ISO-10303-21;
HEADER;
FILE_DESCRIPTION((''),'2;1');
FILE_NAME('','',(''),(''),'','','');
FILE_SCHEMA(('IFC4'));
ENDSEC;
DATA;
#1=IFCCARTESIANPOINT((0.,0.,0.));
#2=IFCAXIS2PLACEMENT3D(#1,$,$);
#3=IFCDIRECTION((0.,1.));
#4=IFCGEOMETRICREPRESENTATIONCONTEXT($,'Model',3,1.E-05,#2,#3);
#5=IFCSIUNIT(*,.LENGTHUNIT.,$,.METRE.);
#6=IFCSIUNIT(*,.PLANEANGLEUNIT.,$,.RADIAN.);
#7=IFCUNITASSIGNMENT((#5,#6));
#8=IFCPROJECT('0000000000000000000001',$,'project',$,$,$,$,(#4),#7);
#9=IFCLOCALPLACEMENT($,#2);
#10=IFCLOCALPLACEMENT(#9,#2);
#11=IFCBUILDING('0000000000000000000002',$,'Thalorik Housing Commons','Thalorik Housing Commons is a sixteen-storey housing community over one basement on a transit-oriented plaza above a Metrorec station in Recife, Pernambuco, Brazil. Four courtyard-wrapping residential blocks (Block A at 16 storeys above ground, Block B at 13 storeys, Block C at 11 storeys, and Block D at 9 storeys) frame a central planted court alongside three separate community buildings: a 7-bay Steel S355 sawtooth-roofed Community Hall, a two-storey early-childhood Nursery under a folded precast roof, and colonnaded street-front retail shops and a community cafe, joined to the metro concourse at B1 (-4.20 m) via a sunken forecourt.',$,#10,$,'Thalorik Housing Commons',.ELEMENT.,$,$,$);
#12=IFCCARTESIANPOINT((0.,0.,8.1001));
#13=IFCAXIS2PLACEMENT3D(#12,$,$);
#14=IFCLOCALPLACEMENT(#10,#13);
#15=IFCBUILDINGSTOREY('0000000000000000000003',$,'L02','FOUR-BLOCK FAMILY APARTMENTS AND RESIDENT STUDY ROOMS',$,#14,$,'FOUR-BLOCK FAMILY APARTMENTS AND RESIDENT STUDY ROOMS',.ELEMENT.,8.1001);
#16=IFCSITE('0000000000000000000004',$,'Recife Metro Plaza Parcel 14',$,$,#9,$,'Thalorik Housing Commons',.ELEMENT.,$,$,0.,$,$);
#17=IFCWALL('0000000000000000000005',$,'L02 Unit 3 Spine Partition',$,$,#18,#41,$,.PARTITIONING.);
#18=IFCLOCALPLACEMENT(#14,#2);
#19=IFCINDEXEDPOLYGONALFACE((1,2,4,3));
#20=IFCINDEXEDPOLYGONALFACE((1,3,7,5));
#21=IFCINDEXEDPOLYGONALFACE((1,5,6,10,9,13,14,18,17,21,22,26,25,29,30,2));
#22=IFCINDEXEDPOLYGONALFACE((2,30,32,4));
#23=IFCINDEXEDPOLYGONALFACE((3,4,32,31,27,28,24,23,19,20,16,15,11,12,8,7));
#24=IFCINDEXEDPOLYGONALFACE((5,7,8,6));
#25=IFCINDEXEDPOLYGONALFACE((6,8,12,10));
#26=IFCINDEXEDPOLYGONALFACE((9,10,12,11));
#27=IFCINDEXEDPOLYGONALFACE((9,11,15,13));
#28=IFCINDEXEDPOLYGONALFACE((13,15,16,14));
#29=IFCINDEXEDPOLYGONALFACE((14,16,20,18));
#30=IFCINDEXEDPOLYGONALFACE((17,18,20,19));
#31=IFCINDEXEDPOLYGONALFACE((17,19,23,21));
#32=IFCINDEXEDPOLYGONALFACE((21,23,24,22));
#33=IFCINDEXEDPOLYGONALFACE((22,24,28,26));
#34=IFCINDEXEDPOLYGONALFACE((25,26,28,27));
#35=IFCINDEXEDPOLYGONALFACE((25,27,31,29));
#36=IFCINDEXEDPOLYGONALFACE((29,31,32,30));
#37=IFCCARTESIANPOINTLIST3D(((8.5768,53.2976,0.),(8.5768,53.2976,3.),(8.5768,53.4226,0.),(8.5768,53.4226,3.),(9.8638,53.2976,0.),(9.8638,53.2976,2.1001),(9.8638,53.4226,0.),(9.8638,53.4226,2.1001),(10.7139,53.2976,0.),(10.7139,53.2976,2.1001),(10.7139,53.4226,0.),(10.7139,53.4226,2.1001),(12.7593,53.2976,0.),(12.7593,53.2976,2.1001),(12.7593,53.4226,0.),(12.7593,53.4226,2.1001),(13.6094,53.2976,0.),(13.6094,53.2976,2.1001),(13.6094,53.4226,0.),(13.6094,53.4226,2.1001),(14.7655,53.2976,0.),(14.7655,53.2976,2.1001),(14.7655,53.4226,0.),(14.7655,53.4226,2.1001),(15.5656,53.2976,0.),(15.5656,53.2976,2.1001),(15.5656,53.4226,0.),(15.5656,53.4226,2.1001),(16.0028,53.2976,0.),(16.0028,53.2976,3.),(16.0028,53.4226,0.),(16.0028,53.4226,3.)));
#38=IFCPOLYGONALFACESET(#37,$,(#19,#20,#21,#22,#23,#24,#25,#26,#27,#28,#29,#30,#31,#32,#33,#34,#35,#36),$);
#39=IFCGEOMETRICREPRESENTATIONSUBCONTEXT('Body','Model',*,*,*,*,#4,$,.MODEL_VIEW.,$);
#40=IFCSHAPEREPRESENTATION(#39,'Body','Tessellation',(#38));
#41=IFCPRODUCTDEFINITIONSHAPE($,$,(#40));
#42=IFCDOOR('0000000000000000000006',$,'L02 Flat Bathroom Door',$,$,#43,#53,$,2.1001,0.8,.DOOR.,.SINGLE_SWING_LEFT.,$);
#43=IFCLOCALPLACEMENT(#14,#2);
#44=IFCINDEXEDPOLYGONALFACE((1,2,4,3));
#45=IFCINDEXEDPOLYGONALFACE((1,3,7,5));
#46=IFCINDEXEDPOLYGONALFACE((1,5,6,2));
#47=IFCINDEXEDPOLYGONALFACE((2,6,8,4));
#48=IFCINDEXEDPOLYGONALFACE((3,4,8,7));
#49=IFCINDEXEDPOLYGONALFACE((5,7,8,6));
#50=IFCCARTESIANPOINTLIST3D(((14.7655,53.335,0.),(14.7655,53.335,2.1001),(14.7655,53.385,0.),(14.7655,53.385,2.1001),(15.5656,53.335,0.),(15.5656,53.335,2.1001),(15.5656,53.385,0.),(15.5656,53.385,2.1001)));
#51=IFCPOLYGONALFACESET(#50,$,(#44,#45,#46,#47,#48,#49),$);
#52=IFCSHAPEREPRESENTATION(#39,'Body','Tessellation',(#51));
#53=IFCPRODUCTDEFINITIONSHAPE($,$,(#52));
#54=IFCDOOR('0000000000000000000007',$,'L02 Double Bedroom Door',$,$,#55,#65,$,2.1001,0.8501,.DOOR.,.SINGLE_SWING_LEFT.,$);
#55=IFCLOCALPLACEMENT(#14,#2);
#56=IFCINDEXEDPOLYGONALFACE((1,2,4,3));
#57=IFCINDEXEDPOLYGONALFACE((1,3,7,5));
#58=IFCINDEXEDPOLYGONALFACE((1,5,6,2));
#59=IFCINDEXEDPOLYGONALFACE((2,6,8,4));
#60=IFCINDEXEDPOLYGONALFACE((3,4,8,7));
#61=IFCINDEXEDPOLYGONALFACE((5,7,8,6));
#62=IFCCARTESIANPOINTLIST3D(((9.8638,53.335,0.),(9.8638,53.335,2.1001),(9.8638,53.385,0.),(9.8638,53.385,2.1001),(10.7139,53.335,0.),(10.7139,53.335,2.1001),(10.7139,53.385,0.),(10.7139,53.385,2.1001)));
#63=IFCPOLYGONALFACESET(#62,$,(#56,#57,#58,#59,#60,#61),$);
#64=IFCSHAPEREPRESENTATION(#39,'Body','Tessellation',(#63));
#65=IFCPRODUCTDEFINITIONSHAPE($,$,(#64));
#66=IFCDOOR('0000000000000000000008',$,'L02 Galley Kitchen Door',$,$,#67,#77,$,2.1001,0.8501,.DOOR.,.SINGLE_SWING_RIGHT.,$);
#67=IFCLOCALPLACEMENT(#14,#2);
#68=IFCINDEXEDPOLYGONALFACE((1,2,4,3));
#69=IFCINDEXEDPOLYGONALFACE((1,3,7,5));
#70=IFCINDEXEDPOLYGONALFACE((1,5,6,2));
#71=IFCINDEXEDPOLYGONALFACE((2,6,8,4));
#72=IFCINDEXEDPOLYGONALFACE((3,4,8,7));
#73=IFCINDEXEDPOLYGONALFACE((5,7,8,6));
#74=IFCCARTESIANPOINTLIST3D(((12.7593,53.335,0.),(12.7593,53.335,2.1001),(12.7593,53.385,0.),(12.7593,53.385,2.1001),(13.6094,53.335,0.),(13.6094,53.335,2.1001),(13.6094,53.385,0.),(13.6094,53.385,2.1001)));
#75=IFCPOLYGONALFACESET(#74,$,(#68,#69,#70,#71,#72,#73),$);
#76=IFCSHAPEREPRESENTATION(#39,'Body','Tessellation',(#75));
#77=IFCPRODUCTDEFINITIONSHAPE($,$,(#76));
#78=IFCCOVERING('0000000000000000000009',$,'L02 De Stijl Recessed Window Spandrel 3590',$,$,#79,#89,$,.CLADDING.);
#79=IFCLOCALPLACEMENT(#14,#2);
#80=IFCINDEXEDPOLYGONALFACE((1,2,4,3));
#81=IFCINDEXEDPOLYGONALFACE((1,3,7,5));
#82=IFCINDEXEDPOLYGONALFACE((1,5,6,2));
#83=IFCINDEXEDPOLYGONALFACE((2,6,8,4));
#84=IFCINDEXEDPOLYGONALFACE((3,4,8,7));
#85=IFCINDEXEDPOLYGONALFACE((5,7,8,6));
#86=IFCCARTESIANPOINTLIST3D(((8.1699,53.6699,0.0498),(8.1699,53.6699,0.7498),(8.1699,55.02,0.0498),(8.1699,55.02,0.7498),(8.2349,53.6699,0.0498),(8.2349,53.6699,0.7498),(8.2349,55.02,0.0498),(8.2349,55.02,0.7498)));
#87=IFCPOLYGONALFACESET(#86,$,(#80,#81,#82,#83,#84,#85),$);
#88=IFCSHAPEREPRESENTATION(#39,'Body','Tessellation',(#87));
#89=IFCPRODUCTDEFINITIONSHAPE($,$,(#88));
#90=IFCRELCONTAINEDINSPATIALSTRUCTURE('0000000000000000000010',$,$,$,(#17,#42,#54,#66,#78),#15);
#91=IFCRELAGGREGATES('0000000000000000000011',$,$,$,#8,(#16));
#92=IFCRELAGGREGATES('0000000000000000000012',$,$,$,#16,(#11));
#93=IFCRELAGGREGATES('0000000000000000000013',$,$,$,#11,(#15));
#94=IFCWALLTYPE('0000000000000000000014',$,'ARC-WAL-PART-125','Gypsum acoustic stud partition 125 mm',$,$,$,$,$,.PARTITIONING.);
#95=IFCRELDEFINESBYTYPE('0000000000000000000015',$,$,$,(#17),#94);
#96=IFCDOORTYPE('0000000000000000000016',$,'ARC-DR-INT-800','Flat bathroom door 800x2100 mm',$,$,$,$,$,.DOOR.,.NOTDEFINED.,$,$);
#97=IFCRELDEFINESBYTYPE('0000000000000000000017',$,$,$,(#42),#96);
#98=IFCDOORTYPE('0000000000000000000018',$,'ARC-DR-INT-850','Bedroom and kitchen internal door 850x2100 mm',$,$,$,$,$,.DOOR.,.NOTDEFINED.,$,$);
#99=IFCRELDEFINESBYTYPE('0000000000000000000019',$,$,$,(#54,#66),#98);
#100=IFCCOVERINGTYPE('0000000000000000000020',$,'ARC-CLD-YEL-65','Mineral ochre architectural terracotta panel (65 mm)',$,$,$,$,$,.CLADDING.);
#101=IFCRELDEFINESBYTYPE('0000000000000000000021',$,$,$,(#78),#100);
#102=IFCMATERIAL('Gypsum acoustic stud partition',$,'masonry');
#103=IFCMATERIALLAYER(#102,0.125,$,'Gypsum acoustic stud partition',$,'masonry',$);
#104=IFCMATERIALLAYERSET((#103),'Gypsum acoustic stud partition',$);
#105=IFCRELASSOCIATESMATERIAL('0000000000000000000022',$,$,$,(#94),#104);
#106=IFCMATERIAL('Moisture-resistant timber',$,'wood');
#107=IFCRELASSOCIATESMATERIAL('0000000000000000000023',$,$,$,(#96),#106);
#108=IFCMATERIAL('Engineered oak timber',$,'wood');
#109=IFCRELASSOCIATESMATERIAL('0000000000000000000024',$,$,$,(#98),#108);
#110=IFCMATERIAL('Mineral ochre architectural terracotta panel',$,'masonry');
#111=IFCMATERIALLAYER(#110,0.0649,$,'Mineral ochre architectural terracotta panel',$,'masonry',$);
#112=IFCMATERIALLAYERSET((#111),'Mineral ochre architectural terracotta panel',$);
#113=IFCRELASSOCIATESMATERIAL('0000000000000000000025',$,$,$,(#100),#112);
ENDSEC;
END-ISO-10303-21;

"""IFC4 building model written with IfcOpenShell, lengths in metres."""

from ifc_helpers import new_model, si_unit, direction, frame, frame_2d, origin, origin_2d, place, context, subcontext, project, spatial, rectangle, extrude, material, layer, layer_set, type_object, element, fill, save


model = new_model("IFC4")

# Units and contexts
model_context = context("Model", 3, precision=1e-05, world=origin(), true_north=direction((0.0, 1.0)))
body_context = subcontext(model_context, "Body", "Model", "MODEL_VIEW")
ifc_project = project(units=[si_unit("LENGTHUNIT", "METRE"), si_unit("PLANEANGLEUNIT", "RADIAN")], contexts=[model_context])

# Site, building, storey
site_placement = place(None, origin())
site = spatial("IfcSite", under=ifc_project, at=site_placement, Name="Recife Metro Plaza Parcel 14", LongName="Thalorik Housing Commons", CompositionType="ELEMENT", RefElevation=0.0)
building_placement = place(site_placement, origin())
building = spatial("IfcBuilding", under=site, at=building_placement, Name="Thalorik Housing Commons", Description="Thalorik Housing Commons is a sixteen-storey housing community over one basement on a transit-oriented plaza above a Metrorec station in Recife, Pernambuco, Brazil. Four courtyard-wrapping residential blocks (Block A at 16 storeys above ground, Block B at 13 storeys, Block C at 11 storeys, and Block D at 9 storeys) frame a central planted court alongside three separate community buildings: a 7-bay Steel S355 sawtooth-roofed Community Hall, a two-storey early-childhood Nursery under a folded precast roof, and colonnaded street-front retail shops and a community cafe, joined to the metro concourse at B1 (-4.20 m) via a sunken forecourt.", LongName="Thalorik Housing Commons", CompositionType="ELEMENT")
storey_placement = place(building_placement, frame((0.0, 0.0, 8.1001)))
storey = spatial("IfcBuildingStorey", under=building, at=storey_placement, Name="L02", Description="FOUR-BLOCK FAMILY APARTMENTS AND RESIDENT STUDY ROOMS", LongName="FOUR-BLOCK FAMILY APARTMENTS AND RESIDENT STUDY ROOMS", CompositionType="ELEMENT", Elevation=8.1001)

# Wall, openings, doors
ifc_material_1 = material(Name="Gypsum acoustic stud partition", Category="masonry")
ifc_layer_1 = layer(ifc_material_1, 0.125, Name="Gypsum acoustic stud partition", Category="masonry")
ifc_layer_set_1 = layer_set([ifc_layer_1], Name="Gypsum acoustic stud partition")
wall_type_1 = type_object("IfcWallType", Name="ARC-WAL-PART-125", Description="Gypsum acoustic stud partition 125 mm", PredefinedType="PARTITIONING", material=ifc_layer_set_1)
wall_1_placement = place(storey_placement, frame((8.5769, 53.3601, 0.0), z_axis=(0.0, 0.0, 1.0), x_axis=(1.0, 0.0, 0.0)))
wall_1 = element("IfcWall", 1, at=wall_1_placement, inside=storey, type_object=wall_type_1, Name="L02 Unit 3 Spine Partition", PredefinedType="PARTITIONING", context=body_context, shape_type="SweptSolid", body=[
    extrude(rectangle(XDim=7.426, YDim=0.125, at=frame_2d((3.7129, 0.0))), origin(), (0.0, 0.0, 1.0), 3.0),
])
opening_1_placement = place(wall_1_placement, frame((1.2869, 0.0, 0.0)))
opening_1 = element("IfcOpeningElement", 2, at=opening_1_placement, cuts=wall_1, PredefinedType="OPENING", context=body_context, shape_type="SweptSolid", body=[
    extrude(rectangle(XDim=0.8501, YDim=2.1001, at=frame_2d((0.425, 1.05))), frame((0.0, 0.0725, 0.0), z_axis=(0.0, -1.0, 0.0), x_axis=(1.0, 0.0, 0.0)), (0.0, 0.0, 1.0), 0.145),
])
opening_2_placement = place(wall_1_placement, frame((4.1824, 0.0, 0.0)))
opening_2 = element("IfcOpeningElement", 3, at=opening_2_placement, cuts=wall_1, PredefinedType="OPENING", context=body_context, shape_type="SweptSolid", body=[
    extrude(rectangle(XDim=0.8501, YDim=2.1001, at=frame_2d((0.425, 1.05))), frame((0.0, 0.0725, 0.0), z_axis=(0.0, -1.0, 0.0), x_axis=(1.0, 0.0, 0.0)), (0.0, 0.0, 1.0), 0.145),
])
opening_3_placement = place(wall_1_placement, frame((6.1887, 0.0, 0.0)))
opening_3 = element("IfcOpeningElement", 4, at=opening_3_placement, cuts=wall_1, PredefinedType="OPENING", context=body_context, shape_type="SweptSolid", body=[
    extrude(rectangle(XDim=0.8, YDim=2.1001, at=frame_2d((0.3999, 1.05))), frame((0.0, 0.0725, 0.0), z_axis=(0.0, -1.0, 0.0), x_axis=(1.0, 0.0, 0.0)), (0.0, 0.0, 1.0), 0.145),
])
ifc_material_2 = material(Name="Moisture-resistant timber", Category="wood")
door_type_1 = type_object("IfcDoorType", Name="ARC-DR-INT-800", Description="Flat bathroom door 800x2100 mm", OperationType="NOTDEFINED", PredefinedType="DOOR", material=ifc_material_2)
door_1_placement = place(opening_3_placement, origin())
door_1 = element("IfcDoor", 5, at=door_1_placement, inside=storey, type_object=door_type_1, Name="L02 Flat Bathroom Door", OperationType="SINGLE_SWING_LEFT", OverallHeight=2.1001, OverallWidth=0.8, PredefinedType="DOOR", context=body_context, shape_type="SweptSolid", body=[
    extrude(rectangle(XDim=0.8, YDim=2.1001, at=frame_2d((0.3999, 1.05))), frame((0.0, 0.0249, 0.0), z_axis=(0.0, -1.0, 0.0), x_axis=(1.0, 0.0, 0.0)), (0.0, 0.0, 1.0), 0.05),
])
fill(opening_3, door_1)
ifc_material_3 = material(Name="Engineered oak timber", Category="wood")
door_type_2 = type_object("IfcDoorType", Name="ARC-DR-INT-850", Description="Bedroom and kitchen internal door 850x2100 mm", OperationType="NOTDEFINED", PredefinedType="DOOR", material=ifc_material_3)
door_2_placement = place(opening_1_placement, origin())
door_2 = element("IfcDoor", 6, at=door_2_placement, inside=storey, type_object=door_type_2, Name="L02 Double Bedroom Door", OperationType="SINGLE_SWING_LEFT", OverallHeight=2.1001, OverallWidth=0.8501, PredefinedType="DOOR", context=body_context, shape_type="SweptSolid", body=[
    extrude(rectangle(XDim=0.8501, YDim=2.1001, at=frame_2d((0.425, 1.05))), frame((0.0, 0.0249, 0.0), z_axis=(0.0, -1.0, 0.0), x_axis=(1.0, 0.0, 0.0)), (0.0, 0.0, 1.0), 0.05),
])
fill(opening_1, door_2)
door_3_placement = place(opening_2_placement, origin())
door_3 = element("IfcDoor", 7, at=door_3_placement, inside=storey, type_object=door_type_2, Name="L02 Galley Kitchen Door", OperationType="SINGLE_SWING_RIGHT", OverallHeight=2.1001, OverallWidth=0.8501, PredefinedType="DOOR", context=body_context, shape_type="SweptSolid", body=[
    extrude(rectangle(XDim=0.8501, YDim=2.1001, at=frame_2d((0.425, 1.05))), frame((0.0, 0.0249, 0.0), z_axis=(0.0, -1.0, 0.0), x_axis=(1.0, 0.0, 0.0)), (0.0, 0.0, 1.0), 0.05),
])
fill(opening_2, door_3)

# Covering
ifc_material_4 = material(Name="Mineral ochre architectural terracotta panel", Category="masonry")
ifc_layer_2 = layer(ifc_material_4, 0.0649, Name="Mineral ochre architectural terracotta panel", Category="masonry")
ifc_layer_set_2 = layer_set([ifc_layer_2], Name="Mineral ochre architectural terracotta panel")
covering_type_1 = type_object("IfcCoveringType", Name="ARC-CLD-YEL-65", Description="Mineral ochre architectural terracotta panel (65 mm)", PredefinedType="CLADDING", material=ifc_layer_set_2)
covering_1_placement = place(storey_placement, frame((8.2024, 54.345, 0.0498), z_axis=(0.0, 0.0, 1.0), x_axis=(0.0, -1.0, 0.0)))
element("IfcCovering", 8, at=covering_1_placement, inside=storey, type_object=covering_type_1, Name="L02 De Stijl Recessed Window Spandrel 3590", PredefinedType="CLADDING", context=body_context, shape_type="SweptSolid", body=[
    extrude(rectangle(XDim=1.3501, YDim=0.0649, at=origin_2d()), origin(), (0.0, 0.0, 1.0), 0.7),
])

save(model, "model.ifc")
